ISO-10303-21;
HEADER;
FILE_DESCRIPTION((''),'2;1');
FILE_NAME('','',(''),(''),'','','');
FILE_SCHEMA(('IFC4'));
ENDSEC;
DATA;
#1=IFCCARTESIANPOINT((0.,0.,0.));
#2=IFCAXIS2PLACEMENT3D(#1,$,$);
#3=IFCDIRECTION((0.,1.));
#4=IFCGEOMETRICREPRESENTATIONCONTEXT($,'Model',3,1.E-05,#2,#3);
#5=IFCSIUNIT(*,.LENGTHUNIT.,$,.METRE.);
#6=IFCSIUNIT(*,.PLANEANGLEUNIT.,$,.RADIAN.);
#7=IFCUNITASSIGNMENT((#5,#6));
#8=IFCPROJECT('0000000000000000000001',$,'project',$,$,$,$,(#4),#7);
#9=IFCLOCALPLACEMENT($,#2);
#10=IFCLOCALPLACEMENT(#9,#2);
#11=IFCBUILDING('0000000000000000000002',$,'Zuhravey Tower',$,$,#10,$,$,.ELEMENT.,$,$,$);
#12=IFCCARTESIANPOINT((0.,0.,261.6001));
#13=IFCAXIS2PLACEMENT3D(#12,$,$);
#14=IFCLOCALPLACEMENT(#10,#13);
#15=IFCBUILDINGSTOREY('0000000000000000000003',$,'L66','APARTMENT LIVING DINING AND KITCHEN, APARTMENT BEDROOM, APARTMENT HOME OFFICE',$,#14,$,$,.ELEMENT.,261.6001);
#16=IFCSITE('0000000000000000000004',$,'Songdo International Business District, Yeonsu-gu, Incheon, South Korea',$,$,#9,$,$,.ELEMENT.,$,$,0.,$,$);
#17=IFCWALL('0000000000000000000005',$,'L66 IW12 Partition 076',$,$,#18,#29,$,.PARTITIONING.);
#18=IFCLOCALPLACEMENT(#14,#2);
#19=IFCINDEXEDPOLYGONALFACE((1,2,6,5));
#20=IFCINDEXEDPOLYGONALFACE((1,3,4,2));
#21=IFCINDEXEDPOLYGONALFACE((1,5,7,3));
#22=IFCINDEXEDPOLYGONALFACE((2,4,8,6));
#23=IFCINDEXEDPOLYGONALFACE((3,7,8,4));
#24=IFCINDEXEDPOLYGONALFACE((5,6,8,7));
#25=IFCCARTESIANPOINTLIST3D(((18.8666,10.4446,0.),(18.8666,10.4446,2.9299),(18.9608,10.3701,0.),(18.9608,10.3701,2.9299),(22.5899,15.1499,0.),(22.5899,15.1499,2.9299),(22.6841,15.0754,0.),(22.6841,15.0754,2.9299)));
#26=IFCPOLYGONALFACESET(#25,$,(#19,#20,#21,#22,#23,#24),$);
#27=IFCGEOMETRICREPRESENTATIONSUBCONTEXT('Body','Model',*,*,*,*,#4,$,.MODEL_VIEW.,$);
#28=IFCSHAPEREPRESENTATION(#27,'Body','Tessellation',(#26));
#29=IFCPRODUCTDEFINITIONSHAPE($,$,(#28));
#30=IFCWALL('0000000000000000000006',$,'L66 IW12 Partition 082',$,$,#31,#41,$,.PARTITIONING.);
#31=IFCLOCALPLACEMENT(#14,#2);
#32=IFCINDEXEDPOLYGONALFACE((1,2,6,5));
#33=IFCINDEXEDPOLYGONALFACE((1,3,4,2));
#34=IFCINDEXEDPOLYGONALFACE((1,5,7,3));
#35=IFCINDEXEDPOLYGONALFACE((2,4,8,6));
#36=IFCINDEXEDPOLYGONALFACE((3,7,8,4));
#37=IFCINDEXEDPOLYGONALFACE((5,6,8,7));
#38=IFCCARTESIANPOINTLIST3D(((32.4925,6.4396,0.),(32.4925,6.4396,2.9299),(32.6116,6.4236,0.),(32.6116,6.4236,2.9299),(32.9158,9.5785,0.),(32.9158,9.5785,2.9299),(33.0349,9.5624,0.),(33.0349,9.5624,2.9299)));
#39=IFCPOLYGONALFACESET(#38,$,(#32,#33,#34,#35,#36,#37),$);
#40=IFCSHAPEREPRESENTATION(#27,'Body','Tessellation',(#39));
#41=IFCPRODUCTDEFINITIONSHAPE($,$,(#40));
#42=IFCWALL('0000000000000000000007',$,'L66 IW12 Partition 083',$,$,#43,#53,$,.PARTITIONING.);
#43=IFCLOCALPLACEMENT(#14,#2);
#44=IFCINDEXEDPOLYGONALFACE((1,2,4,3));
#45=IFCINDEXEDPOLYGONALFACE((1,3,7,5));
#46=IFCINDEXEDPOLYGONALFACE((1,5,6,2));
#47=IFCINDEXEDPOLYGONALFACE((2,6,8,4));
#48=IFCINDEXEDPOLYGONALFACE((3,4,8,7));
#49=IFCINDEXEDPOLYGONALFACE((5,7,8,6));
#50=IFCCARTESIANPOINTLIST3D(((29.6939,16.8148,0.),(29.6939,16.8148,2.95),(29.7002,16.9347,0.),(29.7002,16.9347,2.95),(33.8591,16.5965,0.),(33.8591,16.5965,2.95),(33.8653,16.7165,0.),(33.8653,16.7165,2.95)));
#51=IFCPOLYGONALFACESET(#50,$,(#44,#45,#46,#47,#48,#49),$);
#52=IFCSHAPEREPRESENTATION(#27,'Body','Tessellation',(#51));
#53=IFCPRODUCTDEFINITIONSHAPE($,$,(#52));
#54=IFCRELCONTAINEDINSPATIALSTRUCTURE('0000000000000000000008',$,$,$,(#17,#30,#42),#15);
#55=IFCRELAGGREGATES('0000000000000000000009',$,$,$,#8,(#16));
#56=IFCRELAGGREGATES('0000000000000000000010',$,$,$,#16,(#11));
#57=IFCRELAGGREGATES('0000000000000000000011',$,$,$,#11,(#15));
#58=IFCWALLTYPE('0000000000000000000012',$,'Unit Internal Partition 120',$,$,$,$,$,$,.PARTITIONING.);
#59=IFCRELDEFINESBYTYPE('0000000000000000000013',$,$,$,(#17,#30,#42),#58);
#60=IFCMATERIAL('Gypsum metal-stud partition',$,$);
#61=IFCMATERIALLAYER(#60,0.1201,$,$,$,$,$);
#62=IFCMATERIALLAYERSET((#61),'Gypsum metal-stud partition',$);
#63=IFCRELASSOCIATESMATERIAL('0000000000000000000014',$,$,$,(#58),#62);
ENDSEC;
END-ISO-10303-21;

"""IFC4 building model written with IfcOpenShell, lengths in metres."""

from ifc_helpers import new_model, si_unit, direction, frame, frame_2d, origin, place, context, subcontext, project, spatial, rectangle, extrude, material, layer, layer_set, type_object, element, save


model = new_model("IFC4")

# Units and contexts
model_context = context("Model", 3, precision=1e-05, world=origin(), true_north=direction((0.0, 1.0)))
body_context = subcontext(model_context, "Body", "Model", "MODEL_VIEW")
ifc_project = project(units=[si_unit("LENGTHUNIT", "METRE"), si_unit("PLANEANGLEUNIT", "RADIAN")], contexts=[model_context])

# Site, building, storey
site_placement = place(None, origin())
site = spatial("IfcSite", under=ifc_project, at=site_placement, Name="Songdo International Business District, Yeonsu-gu, Incheon, South Korea", CompositionType="ELEMENT", RefElevation=0.0)
building_placement = place(site_placement, origin())
building = spatial("IfcBuilding", under=site, at=building_placement, Name="Zuhravey Tower", CompositionType="ELEMENT")
storey_placement = place(building_placement, frame((0.0, 0.0, 261.6001)))
storey = spatial("IfcBuildingStorey", under=building, at=storey_placement, Name="L66", Description="APARTMENT LIVING DINING AND KITCHEN, APARTMENT BEDROOM, APARTMENT HOME OFFICE", CompositionType="ELEMENT", Elevation=261.6001)

# Shared definitions
ifc_material_1 = material(Name="Gypsum metal-stud partition")
ifc_layer_1 = layer(ifc_material_1, 0.1201)
ifc_layer_set_1 = layer_set([ifc_layer_1], Name="Gypsum metal-stud partition")
wall_type_1 = type_object("IfcWallType", Name="Unit Internal Partition 120", PredefinedType="PARTITIONING", material=ifc_layer_set_1)

# Walls
wall_1_placement = place(storey_placement, frame((22.637, 15.1125, 0.0), z_axis=(0.0, 0.0, 1.0), x_axis=(-0.620533, -0.78418, 0.0)))
element("IfcWall", 1, at=wall_1_placement, inside=storey, type_object=wall_type_1, Name="L66 IW12 Partition 076", PredefinedType="PARTITIONING", context=body_context, shape_type="SweptSolid", body=[
    extrude(rectangle(XDim=6.0002, YDim=0.1201, at=frame_2d((3.0, 0.0))), origin(), (0.0, 0.0, 1.0), 2.9299),
])
wall_2_placement = place(storey_placement, frame((32.9753, 9.5703, 0.0), z_axis=(0.0, 0.0, 1.0), x_axis=(-0.133658, -0.991028, 0.0)))
element("IfcWall", 2, at=wall_2_placement, inside=storey, type_object=wall_type_1, Name="L66 IW12 Partition 082", PredefinedType="PARTITIONING", context=body_context, shape_type="SweptSolid", body=[
    extrude(rectangle(XDim=3.1672, YDim=0.1201, at=frame_2d((1.5835, 0.0))), origin(), (0.0, 0.0, 1.0), 2.9299),
])
wall_3_placement = place(storey_placement, frame((29.697, 16.8748, 0.0), z_axis=(0.0, 0.0, 1.0), x_axis=(0.99863, -0.052328, 0.0)))
element("IfcWall", 3, at=wall_3_placement, inside=storey, type_object=wall_type_1, Name="L66 IW12 Partition 083", PredefinedType="PARTITIONING", context=body_context, shape_type="SweptSolid", body=[
    extrude(rectangle(XDim=4.1709, YDim=0.1201, at=frame_2d((2.0854, 0.0))), origin(), (0.0, 0.0, 1.0), 2.95),
])

save(model, "model.ifc")
